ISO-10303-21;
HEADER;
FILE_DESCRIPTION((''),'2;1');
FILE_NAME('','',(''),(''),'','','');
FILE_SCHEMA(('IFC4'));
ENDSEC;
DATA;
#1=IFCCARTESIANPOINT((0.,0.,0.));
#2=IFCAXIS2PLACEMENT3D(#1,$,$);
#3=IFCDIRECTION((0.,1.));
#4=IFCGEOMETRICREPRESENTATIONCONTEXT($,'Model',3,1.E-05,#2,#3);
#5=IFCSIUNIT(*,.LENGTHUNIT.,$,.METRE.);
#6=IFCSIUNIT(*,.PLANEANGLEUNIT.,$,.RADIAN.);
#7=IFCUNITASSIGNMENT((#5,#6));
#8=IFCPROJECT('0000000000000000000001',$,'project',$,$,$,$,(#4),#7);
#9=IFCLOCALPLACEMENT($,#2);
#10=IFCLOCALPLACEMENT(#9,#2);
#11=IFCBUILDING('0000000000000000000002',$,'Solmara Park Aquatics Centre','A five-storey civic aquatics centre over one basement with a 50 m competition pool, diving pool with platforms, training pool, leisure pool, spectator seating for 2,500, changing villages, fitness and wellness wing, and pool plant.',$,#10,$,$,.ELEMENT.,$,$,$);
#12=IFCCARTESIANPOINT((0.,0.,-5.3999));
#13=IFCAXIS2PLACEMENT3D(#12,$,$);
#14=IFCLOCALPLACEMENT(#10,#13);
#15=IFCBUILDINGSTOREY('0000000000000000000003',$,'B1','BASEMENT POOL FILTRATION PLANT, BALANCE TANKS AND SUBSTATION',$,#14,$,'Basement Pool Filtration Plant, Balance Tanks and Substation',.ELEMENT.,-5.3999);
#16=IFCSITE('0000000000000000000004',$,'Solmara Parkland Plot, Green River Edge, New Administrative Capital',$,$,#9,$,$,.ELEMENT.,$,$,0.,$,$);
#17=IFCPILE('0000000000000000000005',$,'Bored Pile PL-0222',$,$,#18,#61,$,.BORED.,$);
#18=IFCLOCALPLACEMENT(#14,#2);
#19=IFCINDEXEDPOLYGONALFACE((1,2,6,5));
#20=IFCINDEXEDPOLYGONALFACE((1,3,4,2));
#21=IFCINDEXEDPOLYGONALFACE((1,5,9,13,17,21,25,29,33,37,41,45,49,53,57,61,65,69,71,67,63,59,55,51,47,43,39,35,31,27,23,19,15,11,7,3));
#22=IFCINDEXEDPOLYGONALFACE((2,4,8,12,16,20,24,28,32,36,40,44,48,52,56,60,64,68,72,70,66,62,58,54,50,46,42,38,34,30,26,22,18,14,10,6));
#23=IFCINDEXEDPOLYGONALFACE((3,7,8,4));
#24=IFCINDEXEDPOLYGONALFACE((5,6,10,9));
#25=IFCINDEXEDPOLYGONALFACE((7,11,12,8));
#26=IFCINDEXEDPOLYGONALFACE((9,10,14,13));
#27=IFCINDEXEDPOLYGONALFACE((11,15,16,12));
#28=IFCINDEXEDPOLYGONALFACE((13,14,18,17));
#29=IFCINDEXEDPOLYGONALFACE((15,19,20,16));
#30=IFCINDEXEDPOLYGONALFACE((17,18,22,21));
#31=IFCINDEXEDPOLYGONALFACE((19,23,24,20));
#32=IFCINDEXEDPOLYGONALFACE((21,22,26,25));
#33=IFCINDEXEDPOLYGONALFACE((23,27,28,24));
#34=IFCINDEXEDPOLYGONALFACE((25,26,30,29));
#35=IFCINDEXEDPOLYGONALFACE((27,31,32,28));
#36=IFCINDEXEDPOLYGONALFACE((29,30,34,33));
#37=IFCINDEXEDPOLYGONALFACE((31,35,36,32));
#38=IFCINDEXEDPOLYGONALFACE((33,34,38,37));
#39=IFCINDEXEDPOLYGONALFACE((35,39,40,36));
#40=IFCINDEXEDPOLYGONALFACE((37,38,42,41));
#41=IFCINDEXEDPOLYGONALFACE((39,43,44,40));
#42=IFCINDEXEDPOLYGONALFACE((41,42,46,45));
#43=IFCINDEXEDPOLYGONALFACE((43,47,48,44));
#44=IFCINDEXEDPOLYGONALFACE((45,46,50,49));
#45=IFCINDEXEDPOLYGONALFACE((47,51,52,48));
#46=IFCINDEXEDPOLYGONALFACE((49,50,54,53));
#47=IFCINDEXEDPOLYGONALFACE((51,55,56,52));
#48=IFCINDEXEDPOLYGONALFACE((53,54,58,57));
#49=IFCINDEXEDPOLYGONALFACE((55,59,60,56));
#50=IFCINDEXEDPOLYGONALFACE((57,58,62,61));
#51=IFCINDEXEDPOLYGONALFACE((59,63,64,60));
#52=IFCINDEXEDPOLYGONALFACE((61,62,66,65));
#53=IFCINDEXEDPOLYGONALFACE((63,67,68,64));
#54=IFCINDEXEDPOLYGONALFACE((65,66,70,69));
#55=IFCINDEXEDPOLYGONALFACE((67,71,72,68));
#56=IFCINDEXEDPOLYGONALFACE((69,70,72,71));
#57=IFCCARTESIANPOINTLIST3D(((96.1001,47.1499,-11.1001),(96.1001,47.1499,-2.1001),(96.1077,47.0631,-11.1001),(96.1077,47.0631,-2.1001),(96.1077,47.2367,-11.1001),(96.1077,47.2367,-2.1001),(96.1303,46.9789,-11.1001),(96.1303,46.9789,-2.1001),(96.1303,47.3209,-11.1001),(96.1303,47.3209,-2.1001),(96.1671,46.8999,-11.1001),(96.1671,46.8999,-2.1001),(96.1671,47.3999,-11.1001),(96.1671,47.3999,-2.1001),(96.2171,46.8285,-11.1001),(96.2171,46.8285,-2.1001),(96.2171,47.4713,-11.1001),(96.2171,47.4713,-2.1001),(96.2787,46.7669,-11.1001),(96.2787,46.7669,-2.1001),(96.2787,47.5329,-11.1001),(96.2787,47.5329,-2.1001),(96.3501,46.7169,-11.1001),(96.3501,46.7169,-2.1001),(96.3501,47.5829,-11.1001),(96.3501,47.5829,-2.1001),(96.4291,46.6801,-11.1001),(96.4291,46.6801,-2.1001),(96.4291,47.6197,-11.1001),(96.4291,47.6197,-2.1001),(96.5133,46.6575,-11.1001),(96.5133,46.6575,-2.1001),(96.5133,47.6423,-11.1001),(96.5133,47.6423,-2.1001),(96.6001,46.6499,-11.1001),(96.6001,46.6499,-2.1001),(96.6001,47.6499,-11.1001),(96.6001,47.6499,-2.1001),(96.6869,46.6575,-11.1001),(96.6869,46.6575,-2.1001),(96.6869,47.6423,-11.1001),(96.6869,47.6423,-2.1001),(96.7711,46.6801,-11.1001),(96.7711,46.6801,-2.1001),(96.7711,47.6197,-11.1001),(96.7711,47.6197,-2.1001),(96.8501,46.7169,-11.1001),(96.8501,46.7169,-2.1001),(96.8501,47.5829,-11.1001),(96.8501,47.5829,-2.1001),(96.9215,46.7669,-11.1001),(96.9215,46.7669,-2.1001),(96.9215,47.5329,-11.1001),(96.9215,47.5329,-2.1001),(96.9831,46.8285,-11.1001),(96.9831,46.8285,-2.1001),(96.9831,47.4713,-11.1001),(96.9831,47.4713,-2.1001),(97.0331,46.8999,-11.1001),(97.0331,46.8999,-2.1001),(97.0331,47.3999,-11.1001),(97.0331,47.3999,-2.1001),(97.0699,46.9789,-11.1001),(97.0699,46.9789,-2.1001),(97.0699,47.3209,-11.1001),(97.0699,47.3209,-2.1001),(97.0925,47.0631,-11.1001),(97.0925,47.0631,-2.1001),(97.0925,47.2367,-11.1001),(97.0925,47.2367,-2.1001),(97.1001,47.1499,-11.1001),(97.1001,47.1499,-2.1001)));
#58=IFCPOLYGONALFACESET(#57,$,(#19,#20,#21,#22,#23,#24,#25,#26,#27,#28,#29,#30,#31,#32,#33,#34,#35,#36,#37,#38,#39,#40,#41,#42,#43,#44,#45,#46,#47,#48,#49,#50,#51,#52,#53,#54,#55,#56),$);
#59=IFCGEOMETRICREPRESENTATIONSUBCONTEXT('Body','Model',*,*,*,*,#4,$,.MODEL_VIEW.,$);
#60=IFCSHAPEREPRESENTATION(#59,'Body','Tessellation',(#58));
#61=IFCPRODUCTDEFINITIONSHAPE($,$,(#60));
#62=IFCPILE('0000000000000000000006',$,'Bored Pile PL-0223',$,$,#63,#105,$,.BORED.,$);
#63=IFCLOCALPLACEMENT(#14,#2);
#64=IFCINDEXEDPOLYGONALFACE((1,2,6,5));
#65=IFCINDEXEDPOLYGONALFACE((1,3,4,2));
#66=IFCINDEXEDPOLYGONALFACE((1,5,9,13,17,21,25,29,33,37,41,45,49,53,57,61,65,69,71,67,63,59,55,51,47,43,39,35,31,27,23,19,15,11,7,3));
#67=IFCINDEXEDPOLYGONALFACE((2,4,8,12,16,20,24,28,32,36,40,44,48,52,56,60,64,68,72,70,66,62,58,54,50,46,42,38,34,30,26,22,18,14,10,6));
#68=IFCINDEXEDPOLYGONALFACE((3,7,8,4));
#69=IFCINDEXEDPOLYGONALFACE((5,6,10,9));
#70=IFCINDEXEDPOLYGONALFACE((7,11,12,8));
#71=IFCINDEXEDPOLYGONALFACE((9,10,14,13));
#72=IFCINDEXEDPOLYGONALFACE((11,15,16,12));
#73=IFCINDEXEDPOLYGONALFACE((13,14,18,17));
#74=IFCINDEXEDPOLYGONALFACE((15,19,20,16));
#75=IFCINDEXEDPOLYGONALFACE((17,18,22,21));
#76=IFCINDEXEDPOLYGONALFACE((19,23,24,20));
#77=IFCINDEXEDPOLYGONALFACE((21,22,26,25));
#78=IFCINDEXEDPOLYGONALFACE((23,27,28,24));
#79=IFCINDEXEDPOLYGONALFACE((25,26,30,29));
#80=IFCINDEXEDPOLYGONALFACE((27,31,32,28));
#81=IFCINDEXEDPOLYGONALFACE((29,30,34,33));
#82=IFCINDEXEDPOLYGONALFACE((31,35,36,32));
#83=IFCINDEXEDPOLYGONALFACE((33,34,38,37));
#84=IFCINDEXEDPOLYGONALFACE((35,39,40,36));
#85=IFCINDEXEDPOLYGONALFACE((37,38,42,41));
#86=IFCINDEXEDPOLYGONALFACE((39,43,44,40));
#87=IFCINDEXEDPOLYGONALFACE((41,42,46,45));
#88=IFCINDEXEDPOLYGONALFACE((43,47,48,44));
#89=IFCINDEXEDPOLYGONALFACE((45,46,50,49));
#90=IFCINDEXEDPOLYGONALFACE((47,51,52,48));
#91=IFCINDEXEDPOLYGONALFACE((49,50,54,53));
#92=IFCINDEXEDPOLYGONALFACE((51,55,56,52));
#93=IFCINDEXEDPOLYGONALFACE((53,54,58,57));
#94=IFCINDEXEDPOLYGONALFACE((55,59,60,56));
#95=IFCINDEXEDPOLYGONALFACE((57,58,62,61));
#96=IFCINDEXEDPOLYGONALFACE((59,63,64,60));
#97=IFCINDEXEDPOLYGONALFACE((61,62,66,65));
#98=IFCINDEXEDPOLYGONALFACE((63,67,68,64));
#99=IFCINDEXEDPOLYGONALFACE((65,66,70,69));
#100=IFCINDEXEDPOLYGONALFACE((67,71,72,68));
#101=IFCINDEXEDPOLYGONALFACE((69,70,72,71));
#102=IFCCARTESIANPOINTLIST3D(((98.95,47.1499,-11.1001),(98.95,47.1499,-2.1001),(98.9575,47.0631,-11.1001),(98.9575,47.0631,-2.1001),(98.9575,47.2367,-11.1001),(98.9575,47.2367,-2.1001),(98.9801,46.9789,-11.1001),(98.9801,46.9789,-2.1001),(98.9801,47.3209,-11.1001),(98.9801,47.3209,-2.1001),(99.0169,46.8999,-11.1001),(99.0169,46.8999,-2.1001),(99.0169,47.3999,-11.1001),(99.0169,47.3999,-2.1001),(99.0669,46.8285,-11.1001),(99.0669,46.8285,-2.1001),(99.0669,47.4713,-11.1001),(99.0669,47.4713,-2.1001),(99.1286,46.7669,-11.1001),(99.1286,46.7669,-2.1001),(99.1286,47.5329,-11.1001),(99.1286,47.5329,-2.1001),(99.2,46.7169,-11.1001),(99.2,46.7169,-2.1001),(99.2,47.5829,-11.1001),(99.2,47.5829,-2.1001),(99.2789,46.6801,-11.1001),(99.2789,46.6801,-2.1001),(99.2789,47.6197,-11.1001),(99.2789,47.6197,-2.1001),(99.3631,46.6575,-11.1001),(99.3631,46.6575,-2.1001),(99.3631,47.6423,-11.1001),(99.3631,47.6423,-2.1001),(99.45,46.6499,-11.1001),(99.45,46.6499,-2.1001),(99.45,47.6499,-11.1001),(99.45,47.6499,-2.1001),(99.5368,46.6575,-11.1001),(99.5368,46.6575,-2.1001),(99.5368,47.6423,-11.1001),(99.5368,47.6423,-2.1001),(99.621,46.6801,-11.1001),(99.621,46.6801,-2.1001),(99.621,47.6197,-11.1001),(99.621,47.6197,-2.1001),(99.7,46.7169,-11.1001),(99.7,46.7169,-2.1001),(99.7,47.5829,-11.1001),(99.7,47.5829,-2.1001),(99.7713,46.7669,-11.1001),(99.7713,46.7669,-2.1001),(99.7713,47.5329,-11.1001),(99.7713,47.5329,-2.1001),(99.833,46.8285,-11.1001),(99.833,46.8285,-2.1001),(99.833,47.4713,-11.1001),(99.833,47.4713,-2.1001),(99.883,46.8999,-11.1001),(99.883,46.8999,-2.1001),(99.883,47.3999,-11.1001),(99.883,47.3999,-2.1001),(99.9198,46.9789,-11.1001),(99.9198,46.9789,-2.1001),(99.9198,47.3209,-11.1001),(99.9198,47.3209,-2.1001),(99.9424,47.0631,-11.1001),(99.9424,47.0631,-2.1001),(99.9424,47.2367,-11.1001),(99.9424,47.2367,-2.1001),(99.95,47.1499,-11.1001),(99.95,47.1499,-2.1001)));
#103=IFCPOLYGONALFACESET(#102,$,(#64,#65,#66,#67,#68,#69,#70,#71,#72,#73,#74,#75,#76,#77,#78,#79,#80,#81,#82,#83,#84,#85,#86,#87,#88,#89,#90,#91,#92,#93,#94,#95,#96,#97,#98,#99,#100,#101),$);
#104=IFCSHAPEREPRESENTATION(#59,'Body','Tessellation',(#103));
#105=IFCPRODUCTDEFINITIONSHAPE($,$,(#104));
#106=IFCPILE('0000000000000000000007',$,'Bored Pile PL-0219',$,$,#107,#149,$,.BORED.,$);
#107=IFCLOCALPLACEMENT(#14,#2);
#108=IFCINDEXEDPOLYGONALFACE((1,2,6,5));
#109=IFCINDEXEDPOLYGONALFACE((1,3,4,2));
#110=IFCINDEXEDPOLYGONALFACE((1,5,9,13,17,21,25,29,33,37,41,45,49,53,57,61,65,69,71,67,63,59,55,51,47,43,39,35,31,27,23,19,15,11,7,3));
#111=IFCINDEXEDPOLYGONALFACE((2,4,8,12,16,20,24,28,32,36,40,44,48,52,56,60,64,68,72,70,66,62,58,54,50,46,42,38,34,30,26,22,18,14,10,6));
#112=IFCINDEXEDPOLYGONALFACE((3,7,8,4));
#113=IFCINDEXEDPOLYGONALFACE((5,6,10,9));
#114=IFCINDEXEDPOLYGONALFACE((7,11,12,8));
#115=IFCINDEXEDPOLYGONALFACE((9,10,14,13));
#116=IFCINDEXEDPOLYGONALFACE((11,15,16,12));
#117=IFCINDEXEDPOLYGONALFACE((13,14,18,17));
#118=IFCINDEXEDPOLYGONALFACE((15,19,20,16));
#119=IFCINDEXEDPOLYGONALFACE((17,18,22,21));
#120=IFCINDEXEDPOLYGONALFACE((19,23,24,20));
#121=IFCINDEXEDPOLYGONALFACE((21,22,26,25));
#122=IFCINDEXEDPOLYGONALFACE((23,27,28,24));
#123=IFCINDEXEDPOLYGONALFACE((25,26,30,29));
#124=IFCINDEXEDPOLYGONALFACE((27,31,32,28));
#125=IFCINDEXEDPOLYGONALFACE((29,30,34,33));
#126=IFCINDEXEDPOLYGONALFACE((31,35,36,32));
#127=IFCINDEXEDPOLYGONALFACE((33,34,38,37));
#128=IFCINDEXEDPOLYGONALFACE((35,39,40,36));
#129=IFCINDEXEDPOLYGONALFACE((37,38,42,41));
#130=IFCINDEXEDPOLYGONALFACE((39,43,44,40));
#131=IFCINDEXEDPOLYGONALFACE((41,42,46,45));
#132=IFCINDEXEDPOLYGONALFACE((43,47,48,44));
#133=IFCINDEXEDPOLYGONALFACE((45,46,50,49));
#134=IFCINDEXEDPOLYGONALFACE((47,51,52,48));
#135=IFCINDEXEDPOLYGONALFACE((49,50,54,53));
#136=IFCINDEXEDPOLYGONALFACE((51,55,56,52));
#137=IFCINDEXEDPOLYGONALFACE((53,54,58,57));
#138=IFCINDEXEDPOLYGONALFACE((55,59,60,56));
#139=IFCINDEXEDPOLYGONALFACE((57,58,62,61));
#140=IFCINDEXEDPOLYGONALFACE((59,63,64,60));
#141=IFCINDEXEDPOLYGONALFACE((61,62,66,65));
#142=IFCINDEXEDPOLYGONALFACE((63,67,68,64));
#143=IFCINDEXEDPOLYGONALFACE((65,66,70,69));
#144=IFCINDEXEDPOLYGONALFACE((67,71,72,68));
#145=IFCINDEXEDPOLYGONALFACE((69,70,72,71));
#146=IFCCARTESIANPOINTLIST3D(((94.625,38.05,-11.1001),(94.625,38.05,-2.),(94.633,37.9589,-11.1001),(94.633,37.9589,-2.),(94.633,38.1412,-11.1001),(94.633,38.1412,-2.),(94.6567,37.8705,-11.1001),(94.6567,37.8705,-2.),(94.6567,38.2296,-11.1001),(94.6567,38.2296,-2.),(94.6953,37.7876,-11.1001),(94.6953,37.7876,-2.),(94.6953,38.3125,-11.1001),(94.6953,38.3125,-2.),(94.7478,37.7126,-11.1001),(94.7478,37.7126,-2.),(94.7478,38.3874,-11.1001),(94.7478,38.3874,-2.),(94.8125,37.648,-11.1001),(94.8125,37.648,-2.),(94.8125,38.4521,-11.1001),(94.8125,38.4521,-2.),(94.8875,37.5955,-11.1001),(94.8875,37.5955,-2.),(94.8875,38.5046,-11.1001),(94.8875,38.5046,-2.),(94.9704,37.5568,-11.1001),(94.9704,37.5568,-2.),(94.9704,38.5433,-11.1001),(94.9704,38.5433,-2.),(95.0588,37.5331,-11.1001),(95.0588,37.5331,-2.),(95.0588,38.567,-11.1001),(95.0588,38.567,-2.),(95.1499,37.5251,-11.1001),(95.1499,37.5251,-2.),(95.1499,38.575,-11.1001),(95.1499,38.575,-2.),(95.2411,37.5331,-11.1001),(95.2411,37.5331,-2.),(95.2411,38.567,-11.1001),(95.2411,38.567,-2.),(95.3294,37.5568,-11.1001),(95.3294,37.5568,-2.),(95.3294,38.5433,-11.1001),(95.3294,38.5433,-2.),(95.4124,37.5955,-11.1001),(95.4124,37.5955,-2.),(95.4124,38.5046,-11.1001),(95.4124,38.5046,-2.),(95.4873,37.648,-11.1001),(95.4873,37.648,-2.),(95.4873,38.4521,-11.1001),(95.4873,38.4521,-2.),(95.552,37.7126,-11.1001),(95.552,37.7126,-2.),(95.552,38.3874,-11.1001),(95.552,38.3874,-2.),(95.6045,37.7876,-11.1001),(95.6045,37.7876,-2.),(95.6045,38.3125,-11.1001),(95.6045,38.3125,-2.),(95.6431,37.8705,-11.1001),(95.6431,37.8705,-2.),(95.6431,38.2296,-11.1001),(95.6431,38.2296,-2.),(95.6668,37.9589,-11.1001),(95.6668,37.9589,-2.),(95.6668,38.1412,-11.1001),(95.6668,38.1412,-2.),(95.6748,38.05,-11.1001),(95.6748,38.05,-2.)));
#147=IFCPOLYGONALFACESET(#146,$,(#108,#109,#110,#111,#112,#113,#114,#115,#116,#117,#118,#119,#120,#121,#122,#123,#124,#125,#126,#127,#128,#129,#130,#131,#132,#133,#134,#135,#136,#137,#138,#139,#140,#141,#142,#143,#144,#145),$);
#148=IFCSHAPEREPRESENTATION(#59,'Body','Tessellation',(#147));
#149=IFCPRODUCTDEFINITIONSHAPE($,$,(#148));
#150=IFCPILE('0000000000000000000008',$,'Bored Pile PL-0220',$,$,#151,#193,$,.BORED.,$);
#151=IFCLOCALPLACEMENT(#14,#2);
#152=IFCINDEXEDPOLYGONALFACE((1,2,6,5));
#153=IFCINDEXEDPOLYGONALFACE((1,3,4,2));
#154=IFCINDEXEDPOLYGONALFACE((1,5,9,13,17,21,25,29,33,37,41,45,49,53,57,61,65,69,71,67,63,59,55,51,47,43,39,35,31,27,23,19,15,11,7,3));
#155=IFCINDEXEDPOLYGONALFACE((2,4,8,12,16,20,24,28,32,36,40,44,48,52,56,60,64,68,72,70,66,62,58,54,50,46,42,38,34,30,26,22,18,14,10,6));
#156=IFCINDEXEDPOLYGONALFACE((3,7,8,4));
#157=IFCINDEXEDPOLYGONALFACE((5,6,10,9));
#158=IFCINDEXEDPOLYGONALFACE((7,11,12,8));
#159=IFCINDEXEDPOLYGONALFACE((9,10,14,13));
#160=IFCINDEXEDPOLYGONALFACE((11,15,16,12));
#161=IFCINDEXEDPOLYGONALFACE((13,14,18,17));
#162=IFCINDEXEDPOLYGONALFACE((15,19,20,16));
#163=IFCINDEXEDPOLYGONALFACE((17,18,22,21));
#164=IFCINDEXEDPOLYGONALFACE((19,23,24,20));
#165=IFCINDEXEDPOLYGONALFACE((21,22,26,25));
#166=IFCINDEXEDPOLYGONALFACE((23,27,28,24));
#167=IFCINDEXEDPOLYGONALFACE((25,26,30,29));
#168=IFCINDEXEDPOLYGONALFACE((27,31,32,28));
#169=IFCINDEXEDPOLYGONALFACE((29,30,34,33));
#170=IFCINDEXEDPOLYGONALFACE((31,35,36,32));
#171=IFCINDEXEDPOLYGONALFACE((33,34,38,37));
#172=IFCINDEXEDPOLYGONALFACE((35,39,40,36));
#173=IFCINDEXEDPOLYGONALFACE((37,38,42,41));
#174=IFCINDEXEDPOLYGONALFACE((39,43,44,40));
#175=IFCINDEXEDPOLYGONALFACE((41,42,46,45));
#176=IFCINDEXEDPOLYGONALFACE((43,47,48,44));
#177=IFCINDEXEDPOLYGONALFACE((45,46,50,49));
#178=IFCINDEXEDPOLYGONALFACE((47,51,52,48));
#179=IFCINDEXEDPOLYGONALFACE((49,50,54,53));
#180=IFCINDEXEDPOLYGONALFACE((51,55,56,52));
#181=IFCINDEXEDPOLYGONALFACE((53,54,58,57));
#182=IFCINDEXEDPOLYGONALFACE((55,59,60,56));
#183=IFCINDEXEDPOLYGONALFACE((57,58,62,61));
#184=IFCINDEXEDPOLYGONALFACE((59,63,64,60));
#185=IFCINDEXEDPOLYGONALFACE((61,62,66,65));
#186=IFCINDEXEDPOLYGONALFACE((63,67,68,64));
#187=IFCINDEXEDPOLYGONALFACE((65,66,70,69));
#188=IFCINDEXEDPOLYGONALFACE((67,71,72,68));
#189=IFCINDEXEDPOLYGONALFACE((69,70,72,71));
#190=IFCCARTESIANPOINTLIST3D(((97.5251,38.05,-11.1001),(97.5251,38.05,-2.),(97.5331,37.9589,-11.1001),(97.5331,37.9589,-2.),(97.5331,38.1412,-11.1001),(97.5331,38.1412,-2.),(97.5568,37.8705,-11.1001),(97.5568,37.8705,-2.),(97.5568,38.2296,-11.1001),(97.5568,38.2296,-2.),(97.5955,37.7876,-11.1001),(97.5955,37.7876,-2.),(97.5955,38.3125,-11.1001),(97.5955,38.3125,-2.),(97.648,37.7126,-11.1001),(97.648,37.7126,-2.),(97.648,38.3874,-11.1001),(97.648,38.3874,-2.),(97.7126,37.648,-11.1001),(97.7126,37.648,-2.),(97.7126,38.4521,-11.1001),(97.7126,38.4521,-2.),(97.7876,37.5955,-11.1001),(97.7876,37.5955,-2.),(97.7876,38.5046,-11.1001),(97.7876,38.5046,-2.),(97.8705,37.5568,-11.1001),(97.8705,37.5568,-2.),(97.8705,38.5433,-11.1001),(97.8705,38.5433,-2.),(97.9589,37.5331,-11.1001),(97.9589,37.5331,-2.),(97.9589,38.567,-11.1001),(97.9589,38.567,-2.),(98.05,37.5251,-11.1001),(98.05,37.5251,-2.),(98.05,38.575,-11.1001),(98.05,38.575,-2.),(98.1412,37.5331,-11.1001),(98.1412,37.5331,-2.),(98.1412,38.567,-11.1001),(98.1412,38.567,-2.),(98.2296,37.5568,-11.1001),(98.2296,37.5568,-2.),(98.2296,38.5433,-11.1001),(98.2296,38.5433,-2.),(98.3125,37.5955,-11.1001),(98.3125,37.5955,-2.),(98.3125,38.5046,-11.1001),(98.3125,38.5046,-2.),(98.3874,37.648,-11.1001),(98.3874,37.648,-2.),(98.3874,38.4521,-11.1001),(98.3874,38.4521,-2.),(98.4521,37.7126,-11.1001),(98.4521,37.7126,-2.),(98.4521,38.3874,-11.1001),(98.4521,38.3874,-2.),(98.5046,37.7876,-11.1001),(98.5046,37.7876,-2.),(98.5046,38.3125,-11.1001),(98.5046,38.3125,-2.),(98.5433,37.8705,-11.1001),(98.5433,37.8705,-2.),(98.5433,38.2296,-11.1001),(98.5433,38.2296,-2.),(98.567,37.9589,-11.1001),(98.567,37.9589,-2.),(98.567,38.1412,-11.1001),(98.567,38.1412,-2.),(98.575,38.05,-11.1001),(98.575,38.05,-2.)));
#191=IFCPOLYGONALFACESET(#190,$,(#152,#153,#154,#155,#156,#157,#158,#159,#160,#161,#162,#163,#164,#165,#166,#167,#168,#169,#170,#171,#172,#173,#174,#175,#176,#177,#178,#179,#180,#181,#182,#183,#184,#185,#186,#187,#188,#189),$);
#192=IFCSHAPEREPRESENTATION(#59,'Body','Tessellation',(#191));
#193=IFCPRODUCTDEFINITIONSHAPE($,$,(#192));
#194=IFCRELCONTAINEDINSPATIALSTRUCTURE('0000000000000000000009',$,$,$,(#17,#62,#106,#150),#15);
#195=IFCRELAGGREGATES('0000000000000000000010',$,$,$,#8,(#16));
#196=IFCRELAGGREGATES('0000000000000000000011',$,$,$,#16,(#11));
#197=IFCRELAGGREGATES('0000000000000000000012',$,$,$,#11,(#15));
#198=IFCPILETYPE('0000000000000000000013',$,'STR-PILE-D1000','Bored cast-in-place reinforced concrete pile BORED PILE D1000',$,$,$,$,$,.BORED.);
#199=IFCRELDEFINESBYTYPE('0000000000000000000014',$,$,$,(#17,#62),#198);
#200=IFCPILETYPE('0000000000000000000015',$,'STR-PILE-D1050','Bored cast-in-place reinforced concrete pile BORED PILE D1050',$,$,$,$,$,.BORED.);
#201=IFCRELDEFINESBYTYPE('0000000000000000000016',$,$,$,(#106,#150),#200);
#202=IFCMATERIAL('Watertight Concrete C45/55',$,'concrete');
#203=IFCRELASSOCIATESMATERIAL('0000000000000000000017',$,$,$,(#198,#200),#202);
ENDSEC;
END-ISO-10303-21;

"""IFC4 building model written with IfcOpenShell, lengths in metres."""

from ifc_helpers import new_model, si_unit, direction, frame, origin, origin_2d, place, context, subcontext, project, spatial, circle, extrude, material, material_profile, profile_set, type_object, element, save


model = new_model("IFC4")

# Units and contexts
model_context = context("Model", 3, precision=1e-05, world=origin(), true_north=direction((0.0, 1.0)))
body_context = subcontext(model_context, "Body", "Model", "MODEL_VIEW")
ifc_project = project(units=[si_unit("LENGTHUNIT", "METRE"), si_unit("PLANEANGLEUNIT", "RADIAN")], contexts=[model_context])

# Site, building, storey
site_placement = place(None, origin())
site = spatial("IfcSite", under=ifc_project, at=site_placement, Name="Solmara Parkland Plot, Green River Edge, New Administrative Capital", CompositionType="ELEMENT", RefElevation=0.0)
building_placement = place(site_placement, origin())
building = spatial("IfcBuilding", under=site, at=building_placement, Name="Solmara Park Aquatics Centre", Description="A five-storey civic aquatics centre over one basement with a 50 m competition pool, diving pool with platforms, training pool, leisure pool, spectator seating for 2,500, changing villages, fitness and wellness wing, and pool plant.", CompositionType="ELEMENT")
storey_placement = place(building_placement, frame((0.0, 0.0, -5.3999)))
storey = spatial("IfcBuildingStorey", under=building, at=storey_placement, Name="B1", Description="BASEMENT POOL FILTRATION PLANT, BALANCE TANKS AND SUBSTATION", LongName="Basement Pool Filtration Plant, Balance Tanks and Substation", CompositionType="ELEMENT", Elevation=-5.3999)

# Shared definitions
ifc_material_1 = material(Name="Watertight Concrete C45/55", Category="concrete")

# Piles
ifc_material_profile_1 = material_profile(ifc_material_1, circle(Radius=0.5, at=origin_2d()), Name="BORED PILE D1000")
ifc_profile_set_1 = profile_set([ifc_material_profile_1], Name="Watertight Concrete C45/55")
pile_type_1 = type_object("IfcPileType", Name="STR-PILE-D1000", Description="Bored cast-in-place reinforced concrete pile BORED PILE D1000", PredefinedType="BORED", material=ifc_profile_set_1)
for number, where, z_axis, x_axis, name in (
    (1, (96.6001, 47.1499, -2.1001), (0.0, 0.0, -1.0), (1.0, 0.0, 0.0), "Bored Pile PL-0222"),
    (2, (99.45, 47.1499, -2.1001), (0.0, 0.0, -1.0), (1.0, 0.0, 0.0), "Bored Pile PL-0223"),
):
    element("IfcPile", number, at=place(storey_placement, frame(where, z_axis=z_axis, x_axis=x_axis)), inside=storey, type_object=pile_type_1, Name=name, PredefinedType="BORED", context=body_context, shape_type="SweptSolid", body=[
        extrude(circle(Radius=0.5, at=origin_2d()), origin(), (0.0, 0.0, 1.0), 9.0),
    ])
ifc_material_profile_2 = material_profile(ifc_material_1, circle(Radius=0.5249, at=origin_2d()), Name="BORED PILE D1050")
ifc_profile_set_2 = profile_set([ifc_material_profile_2], Name="Watertight Concrete C45/55")
pile_type_2 = type_object("IfcPileType", Name="STR-PILE-D1050", Description="Bored cast-in-place reinforced concrete pile BORED PILE D1050", PredefinedType="BORED", material=ifc_profile_set_2)
for number, where, z_axis, x_axis, name in (
    (3, (95.1499, 38.05, -2.0), (0.0, 0.0, -1.0), (1.0, 0.0, 0.0), "Bored Pile PL-0219"),
    (4, (98.05, 38.05, -2.0), (0.0, 0.0, -1.0), (1.0, 0.0, 0.0), "Bored Pile PL-0220"),
):
    element("IfcPile", number, at=place(storey_placement, frame(where, z_axis=z_axis, x_axis=x_axis)), inside=storey, type_object=pile_type_2, Name=name, PredefinedType="BORED", context=body_context, shape_type="SweptSolid", body=[
        extrude(circle(Radius=0.5249, at=origin_2d()), origin(), (0.0, 0.0, 1.0), 9.1001),
    ])

save(model, "model.ifc")
